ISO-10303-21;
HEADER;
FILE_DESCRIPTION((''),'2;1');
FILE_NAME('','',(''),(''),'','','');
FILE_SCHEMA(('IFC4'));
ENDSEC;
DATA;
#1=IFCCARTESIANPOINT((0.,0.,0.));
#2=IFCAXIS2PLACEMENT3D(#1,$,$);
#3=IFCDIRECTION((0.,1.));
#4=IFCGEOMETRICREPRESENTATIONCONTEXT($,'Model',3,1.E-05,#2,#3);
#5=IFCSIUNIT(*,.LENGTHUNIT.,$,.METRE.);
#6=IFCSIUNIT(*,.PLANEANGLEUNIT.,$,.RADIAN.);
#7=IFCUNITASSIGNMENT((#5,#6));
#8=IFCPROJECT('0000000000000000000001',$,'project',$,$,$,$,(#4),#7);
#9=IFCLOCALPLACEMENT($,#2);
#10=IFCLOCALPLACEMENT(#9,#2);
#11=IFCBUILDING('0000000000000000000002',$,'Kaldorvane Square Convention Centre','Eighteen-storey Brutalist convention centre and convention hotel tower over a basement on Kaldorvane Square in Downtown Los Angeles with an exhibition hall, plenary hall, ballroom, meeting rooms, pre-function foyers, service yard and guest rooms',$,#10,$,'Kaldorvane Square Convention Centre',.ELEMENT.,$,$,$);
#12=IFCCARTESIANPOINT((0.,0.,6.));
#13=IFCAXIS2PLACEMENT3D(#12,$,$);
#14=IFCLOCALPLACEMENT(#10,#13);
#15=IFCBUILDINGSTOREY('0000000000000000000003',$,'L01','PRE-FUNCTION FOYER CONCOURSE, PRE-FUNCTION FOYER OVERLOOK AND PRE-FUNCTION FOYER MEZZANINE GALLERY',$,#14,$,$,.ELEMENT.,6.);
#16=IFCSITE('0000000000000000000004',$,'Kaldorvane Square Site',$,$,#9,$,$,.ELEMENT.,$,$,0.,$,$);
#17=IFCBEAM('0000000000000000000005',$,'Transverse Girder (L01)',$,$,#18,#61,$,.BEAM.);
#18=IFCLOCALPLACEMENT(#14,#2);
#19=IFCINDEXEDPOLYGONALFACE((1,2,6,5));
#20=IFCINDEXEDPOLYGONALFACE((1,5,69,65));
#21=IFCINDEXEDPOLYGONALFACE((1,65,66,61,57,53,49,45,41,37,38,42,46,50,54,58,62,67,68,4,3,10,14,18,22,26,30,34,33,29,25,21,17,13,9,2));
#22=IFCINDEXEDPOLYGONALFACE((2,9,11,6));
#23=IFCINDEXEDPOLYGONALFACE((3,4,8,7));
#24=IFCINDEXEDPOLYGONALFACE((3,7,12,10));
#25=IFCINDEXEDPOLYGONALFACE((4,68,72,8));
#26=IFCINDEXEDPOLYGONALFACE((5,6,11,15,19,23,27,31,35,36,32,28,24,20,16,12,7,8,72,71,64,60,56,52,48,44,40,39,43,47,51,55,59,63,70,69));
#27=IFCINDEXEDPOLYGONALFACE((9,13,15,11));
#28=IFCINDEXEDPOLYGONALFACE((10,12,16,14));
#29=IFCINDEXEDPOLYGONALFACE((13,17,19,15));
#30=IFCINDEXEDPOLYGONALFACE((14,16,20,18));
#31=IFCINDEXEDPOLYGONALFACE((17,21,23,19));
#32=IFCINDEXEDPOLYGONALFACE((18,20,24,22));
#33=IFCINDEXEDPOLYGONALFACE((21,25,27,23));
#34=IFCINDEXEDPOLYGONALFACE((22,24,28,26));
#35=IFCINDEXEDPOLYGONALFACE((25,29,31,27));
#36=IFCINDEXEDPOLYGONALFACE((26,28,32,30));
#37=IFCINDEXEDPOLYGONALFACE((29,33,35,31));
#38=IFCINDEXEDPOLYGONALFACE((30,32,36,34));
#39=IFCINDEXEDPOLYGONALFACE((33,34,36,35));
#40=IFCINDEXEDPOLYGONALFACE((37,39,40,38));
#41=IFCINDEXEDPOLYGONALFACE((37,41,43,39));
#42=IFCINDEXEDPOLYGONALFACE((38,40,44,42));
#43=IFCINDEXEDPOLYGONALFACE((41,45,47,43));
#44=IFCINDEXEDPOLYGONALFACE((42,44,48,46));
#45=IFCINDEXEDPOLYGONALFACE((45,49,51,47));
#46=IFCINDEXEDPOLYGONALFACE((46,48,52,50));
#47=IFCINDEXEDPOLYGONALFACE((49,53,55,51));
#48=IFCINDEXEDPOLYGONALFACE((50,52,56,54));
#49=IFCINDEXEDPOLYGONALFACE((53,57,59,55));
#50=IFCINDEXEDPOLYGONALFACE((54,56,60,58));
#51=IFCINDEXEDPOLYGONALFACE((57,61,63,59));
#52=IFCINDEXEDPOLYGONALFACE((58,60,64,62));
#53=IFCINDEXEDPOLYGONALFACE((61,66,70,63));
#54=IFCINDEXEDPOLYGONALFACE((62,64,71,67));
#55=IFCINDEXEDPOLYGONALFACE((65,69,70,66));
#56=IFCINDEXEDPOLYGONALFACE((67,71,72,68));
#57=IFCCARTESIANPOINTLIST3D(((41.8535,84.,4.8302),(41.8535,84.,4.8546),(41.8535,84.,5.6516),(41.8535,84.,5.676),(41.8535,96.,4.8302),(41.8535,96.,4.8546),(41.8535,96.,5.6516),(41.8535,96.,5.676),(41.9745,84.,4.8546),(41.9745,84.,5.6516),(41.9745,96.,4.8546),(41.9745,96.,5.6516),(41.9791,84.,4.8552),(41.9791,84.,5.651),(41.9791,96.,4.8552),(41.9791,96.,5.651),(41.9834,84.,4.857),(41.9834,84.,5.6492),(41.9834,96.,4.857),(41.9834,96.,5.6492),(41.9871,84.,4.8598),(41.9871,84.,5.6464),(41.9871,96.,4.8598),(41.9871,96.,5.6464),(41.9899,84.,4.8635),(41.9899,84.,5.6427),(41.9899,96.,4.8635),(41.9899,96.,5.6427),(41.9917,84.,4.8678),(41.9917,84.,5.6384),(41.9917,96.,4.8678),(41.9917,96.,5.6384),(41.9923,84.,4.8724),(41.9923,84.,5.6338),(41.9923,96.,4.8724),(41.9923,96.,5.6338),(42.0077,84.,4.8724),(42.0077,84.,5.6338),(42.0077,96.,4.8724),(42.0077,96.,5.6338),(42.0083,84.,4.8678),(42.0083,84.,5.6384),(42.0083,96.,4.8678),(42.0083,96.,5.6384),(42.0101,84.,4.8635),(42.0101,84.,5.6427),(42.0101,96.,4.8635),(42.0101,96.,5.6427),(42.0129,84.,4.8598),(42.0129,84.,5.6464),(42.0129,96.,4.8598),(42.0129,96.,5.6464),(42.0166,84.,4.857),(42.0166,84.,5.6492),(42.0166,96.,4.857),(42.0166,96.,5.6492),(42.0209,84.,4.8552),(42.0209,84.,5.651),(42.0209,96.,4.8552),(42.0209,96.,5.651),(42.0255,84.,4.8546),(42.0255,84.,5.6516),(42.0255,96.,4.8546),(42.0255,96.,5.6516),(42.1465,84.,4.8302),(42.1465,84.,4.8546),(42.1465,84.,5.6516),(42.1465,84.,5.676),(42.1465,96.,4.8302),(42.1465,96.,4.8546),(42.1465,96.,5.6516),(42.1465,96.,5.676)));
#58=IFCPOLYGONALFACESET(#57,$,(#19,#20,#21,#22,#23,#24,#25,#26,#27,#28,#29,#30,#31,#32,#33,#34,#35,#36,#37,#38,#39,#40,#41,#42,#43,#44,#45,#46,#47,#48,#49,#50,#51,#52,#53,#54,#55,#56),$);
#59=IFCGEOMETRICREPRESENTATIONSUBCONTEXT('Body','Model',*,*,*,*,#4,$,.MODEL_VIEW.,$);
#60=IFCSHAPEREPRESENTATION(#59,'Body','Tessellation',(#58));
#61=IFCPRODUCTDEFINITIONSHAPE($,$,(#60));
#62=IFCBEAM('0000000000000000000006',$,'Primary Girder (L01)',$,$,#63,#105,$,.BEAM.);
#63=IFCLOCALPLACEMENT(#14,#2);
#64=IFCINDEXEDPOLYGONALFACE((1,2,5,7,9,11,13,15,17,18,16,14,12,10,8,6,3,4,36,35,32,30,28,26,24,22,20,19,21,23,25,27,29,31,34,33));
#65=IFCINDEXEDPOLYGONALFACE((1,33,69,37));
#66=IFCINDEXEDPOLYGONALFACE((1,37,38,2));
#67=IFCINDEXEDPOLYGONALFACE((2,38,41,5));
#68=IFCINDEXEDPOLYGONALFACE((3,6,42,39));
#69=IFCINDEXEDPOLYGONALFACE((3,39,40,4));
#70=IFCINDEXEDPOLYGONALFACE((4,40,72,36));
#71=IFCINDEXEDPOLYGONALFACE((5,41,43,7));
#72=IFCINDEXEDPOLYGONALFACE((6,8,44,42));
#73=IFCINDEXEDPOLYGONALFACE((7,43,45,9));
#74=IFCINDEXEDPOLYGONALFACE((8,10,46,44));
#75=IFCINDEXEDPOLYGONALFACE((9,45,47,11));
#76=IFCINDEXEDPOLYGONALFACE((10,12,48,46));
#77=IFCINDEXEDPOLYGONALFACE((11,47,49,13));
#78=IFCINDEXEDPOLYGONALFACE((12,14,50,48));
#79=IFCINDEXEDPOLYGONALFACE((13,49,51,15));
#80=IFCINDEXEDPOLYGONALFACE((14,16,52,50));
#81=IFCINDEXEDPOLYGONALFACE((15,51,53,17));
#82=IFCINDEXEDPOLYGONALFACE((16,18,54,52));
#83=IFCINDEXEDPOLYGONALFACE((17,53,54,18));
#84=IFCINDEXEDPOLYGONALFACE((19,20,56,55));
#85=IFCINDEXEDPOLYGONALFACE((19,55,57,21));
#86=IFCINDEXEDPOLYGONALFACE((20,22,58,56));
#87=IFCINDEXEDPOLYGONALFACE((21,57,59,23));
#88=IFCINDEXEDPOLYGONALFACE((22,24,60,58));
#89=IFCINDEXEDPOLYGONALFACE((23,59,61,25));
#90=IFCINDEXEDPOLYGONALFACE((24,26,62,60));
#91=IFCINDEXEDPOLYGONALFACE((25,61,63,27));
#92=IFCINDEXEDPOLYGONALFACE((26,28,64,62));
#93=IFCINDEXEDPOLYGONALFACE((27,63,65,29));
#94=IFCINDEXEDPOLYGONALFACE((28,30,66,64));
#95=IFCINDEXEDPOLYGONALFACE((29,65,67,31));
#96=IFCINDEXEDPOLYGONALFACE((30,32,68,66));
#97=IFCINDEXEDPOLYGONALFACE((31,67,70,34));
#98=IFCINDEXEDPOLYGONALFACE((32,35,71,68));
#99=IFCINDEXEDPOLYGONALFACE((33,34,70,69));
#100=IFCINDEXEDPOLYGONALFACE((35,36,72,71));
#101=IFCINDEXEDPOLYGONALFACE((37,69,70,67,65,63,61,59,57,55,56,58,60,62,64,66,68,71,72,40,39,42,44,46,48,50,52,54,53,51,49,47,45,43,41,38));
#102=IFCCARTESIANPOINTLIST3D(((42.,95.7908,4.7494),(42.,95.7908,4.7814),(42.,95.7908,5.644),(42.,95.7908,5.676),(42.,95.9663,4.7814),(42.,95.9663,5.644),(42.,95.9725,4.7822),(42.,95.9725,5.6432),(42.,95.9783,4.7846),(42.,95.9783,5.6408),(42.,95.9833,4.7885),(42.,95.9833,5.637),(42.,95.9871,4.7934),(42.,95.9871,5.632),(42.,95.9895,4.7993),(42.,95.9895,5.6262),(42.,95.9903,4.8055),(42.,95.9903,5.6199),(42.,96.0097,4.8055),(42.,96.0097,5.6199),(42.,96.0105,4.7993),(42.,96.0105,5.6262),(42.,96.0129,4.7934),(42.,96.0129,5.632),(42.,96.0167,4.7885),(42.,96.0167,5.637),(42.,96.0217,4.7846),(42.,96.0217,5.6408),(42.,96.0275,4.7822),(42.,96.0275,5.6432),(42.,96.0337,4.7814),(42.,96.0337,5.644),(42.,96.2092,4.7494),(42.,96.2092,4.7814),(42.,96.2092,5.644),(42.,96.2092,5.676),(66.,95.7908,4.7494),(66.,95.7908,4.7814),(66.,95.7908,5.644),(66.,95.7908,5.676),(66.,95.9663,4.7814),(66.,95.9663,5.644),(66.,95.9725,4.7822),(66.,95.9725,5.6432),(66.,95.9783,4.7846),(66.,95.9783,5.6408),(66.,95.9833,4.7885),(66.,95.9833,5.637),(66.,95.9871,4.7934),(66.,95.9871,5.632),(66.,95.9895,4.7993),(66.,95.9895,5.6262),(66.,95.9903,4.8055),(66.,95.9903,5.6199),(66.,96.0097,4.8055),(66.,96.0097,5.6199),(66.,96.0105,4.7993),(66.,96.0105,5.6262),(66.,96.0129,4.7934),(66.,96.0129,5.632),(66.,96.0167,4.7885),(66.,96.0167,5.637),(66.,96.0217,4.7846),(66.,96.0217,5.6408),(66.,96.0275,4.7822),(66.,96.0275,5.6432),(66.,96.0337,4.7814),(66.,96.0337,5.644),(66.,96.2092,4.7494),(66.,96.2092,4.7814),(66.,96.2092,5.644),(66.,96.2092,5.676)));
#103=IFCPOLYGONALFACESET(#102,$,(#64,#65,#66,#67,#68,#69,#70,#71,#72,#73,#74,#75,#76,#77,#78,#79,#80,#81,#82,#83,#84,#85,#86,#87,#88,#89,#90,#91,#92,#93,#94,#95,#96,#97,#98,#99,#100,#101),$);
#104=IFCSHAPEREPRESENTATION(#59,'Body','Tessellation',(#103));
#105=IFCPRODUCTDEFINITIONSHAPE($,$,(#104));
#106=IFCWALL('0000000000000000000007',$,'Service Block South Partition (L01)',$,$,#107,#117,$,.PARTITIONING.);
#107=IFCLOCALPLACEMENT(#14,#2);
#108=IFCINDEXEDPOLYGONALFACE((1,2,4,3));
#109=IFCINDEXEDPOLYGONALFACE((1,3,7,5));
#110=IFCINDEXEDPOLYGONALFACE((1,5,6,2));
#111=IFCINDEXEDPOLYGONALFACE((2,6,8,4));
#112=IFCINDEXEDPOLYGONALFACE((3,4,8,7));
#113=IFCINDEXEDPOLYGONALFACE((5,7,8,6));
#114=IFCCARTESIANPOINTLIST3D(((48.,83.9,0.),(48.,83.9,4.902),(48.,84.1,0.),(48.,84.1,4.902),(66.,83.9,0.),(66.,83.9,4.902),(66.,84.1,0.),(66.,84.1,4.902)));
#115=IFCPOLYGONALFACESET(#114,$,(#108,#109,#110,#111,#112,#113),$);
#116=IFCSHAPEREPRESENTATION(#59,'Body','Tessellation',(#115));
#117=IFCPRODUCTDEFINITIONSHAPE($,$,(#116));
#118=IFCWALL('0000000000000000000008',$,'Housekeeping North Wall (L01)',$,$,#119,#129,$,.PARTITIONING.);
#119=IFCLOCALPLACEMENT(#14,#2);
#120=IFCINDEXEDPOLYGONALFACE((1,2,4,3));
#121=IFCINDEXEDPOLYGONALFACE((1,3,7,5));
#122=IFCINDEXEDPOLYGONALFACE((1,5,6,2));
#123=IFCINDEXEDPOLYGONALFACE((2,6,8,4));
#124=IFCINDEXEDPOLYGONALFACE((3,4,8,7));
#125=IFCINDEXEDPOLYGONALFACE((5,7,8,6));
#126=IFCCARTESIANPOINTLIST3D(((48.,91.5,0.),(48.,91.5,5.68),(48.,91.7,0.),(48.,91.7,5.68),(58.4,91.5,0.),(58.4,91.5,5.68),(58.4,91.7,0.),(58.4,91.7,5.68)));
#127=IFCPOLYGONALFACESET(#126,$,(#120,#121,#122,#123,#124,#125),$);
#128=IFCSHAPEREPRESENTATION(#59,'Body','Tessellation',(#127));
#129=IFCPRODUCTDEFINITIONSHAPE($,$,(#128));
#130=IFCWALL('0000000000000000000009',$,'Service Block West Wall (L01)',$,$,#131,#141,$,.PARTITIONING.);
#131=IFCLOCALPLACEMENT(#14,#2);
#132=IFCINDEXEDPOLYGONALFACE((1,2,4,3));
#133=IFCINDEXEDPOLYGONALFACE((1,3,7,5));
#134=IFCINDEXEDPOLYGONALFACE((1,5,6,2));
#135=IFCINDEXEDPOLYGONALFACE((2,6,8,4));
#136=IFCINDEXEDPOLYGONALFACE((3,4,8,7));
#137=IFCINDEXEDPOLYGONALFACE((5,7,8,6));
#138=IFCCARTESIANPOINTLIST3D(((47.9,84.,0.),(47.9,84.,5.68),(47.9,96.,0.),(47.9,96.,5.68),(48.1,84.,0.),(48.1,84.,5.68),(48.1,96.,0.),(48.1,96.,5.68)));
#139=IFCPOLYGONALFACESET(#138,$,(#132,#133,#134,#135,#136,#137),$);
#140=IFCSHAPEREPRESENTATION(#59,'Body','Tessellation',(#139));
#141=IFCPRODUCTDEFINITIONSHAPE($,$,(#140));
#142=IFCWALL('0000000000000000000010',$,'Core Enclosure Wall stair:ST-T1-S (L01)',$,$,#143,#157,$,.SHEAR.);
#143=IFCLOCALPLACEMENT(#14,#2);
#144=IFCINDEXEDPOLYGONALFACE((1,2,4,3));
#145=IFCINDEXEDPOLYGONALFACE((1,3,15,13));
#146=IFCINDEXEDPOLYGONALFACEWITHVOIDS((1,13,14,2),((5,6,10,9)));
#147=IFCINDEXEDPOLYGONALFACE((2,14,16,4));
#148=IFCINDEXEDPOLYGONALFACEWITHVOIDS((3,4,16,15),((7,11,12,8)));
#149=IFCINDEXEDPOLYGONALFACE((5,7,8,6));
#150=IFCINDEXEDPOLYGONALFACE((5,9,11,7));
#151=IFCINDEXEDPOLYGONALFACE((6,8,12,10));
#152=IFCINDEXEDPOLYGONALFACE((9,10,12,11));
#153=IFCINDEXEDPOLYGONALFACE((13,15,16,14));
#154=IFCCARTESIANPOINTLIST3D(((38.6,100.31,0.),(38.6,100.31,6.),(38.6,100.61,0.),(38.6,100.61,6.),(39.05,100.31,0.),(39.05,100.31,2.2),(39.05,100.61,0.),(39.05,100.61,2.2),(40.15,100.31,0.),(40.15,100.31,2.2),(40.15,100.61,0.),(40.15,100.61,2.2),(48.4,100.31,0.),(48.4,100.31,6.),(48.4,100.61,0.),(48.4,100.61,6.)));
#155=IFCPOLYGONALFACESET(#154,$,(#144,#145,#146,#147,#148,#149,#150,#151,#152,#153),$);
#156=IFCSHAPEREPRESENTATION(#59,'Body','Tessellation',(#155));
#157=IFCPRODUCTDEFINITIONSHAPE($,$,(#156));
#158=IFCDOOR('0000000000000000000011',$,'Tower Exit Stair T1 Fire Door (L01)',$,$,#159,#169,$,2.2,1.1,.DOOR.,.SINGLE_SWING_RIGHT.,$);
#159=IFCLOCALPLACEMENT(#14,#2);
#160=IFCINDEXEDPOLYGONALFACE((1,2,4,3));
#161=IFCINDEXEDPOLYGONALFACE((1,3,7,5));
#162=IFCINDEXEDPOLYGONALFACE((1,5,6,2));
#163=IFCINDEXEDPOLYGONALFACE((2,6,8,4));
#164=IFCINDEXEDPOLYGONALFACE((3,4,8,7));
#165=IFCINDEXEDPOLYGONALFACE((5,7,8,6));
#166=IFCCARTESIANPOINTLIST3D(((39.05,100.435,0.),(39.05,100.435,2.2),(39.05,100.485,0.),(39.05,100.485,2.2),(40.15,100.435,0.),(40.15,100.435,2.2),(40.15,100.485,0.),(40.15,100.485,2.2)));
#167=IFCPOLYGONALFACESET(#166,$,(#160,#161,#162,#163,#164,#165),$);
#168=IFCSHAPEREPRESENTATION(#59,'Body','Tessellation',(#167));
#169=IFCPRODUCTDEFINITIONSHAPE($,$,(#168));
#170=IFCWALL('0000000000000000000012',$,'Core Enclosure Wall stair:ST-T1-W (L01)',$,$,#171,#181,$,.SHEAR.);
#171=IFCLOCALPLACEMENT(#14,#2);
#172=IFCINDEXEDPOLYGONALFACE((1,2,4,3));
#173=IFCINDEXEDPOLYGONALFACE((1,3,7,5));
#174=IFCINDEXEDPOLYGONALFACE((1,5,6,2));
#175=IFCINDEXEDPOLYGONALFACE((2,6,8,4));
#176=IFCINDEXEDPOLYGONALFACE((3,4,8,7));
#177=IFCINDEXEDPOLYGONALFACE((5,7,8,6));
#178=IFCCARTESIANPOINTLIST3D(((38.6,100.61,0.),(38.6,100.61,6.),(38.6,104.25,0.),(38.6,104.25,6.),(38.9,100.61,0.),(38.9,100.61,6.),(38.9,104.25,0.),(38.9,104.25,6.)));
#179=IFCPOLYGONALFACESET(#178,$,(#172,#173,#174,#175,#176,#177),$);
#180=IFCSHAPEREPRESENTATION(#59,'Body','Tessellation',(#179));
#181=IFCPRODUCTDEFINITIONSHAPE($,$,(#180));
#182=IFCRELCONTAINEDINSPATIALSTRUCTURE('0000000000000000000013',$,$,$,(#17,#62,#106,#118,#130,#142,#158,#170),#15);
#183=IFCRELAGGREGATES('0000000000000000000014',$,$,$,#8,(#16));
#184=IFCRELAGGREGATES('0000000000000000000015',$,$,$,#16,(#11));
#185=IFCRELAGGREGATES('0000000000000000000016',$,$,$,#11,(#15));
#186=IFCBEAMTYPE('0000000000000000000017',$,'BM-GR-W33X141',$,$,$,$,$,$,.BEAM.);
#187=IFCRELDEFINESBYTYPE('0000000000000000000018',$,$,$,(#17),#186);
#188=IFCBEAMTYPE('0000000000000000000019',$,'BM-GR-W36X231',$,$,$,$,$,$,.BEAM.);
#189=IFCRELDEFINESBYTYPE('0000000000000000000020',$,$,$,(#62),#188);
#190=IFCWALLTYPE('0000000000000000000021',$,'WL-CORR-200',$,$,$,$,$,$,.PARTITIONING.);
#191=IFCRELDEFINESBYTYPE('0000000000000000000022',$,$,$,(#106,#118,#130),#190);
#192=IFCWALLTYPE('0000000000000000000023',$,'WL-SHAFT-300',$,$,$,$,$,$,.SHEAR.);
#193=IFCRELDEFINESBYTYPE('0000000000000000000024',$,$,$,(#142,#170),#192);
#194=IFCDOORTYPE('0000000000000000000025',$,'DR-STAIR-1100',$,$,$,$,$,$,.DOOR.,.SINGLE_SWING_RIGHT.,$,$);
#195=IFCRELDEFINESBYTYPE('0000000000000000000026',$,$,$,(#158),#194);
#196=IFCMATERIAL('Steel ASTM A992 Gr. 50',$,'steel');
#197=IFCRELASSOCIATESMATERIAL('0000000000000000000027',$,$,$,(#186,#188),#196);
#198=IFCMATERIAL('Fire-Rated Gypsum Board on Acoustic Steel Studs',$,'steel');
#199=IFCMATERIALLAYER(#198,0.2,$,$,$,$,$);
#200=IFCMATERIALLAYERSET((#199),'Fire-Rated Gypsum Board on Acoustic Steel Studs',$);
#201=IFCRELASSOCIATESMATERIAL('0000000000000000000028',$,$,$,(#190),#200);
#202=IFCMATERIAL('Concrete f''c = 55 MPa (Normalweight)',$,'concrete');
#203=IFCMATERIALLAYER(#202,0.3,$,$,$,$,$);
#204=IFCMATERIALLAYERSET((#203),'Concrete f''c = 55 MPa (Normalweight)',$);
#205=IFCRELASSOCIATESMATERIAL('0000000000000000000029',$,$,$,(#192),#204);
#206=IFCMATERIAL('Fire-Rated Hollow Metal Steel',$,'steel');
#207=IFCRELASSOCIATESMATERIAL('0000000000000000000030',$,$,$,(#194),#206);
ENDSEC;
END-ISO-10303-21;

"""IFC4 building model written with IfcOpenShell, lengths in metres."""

from ifc_helpers import new_model, si_unit, direction, frame, frame_2d, origin, origin_2d, place, context, subcontext, project, spatial, rectangle, i_section, extrude, material, layer, layer_set, material_profile, profile_set, type_object, element, fill, save


model = new_model("IFC4")

# Units and contexts
model_context = context("Model", 3, precision=1e-05, world=origin(), true_north=direction((0.0, 1.0)))
body_context = subcontext(model_context, "Body", "Model", "MODEL_VIEW")
ifc_project = project(units=[si_unit("LENGTHUNIT", "METRE"), si_unit("PLANEANGLEUNIT", "RADIAN")], contexts=[model_context])

# Site, building, storey
site_placement = place(None, origin())
site = spatial("IfcSite", under=ifc_project, at=site_placement, Name="Kaldorvane Square Site", CompositionType="ELEMENT", RefElevation=0.0)
building_placement = place(site_placement, origin())
building = spatial("IfcBuilding", under=site, at=building_placement, Name="Kaldorvane Square Convention Centre", Description="Eighteen-storey Brutalist convention centre and convention hotel tower over a basement on Kaldorvane Square in Downtown Los Angeles with an exhibition hall, plenary hall, ballroom, meeting rooms, pre-function foyers, service yard and guest rooms", LongName="Kaldorvane Square Convention Centre", CompositionType="ELEMENT")
storey_placement = place(building_placement, frame((0.0, 0.0, 6.0)))
storey = spatial("IfcBuildingStorey", under=building, at=storey_placement, Name="L01", Description="PRE-FUNCTION FOYER CONCOURSE, PRE-FUNCTION FOYER OVERLOOK AND PRE-FUNCTION FOYER MEZZANINE GALLERY", CompositionType="ELEMENT", Elevation=6.0)

# Shared definitions
ifc_material_1 = material(Name="Steel ASTM A992 Gr. 50", Category="steel")

# Beams
ifc_material_profile_1 = material_profile(ifc_material_1, i_section(OverallWidth=0.293, OverallDepth=0.8458, WebThickness=0.0154, FlangeThickness=0.0244, FilletRadius=0.0178, at=origin_2d()), Name="W33X141")
ifc_profile_set_1 = profile_set([ifc_material_profile_1], Name="Steel ASTM A992 Gr. 50")
beam_type_1 = type_object("IfcBeamType", Name="BM-GR-W33X141", PredefinedType="BEAM", material=ifc_profile_set_1)
beam_1_placement = place(storey_placement, frame((42.0, 84.0, 5.2531), z_axis=(0.0, 1.0, 0.0), x_axis=(-1.0, 0.0, 0.0)))
element("IfcBeam", 1, at=beam_1_placement, inside=storey, type_object=beam_type_1, Name="Transverse Girder (L01)", PredefinedType="BEAM", context=body_context, shape_type="SweptSolid", body=[
    extrude(i_section(OverallWidth=0.293, OverallDepth=0.8458, WebThickness=0.0154, FlangeThickness=0.0244, FilletRadius=0.0178, at=origin_2d()), origin(), (0.0, 0.0, 1.0), 12.0),
])
ifc_material_profile_2 = material_profile(ifc_material_1, i_section(OverallWidth=0.4183, OverallDepth=0.9266, WebThickness=0.0193, FlangeThickness=0.032, FilletRadius=0.0241, at=origin_2d()), Name="W36X231")
ifc_profile_set_2 = profile_set([ifc_material_profile_2], Name="Steel ASTM A992 Gr. 50")
beam_type_2 = type_object("IfcBeamType", Name="BM-GR-W36X231", PredefinedType="BEAM", material=ifc_profile_set_2)
beam_2_placement = place(storey_placement, frame((42.0, 96.0, 5.2127), z_axis=(1.0, 0.0, 0.0), x_axis=(0.0, 1.0, 0.0)))
element("IfcBeam", 2, at=beam_2_placement, inside=storey, type_object=beam_type_2, Name="Primary Girder (L01)", PredefinedType="BEAM", context=body_context, shape_type="SweptSolid", body=[
    extrude(i_section(OverallWidth=0.4183, OverallDepth=0.9266, WebThickness=0.0193, FlangeThickness=0.032, FilletRadius=0.0241, at=origin_2d()), origin(), (0.0, 0.0, 1.0), 24.0),
])

# Walls
ifc_material_2 = material(Name="Fire-Rated Gypsum Board on Acoustic Steel Studs", Category="steel")
ifc_layer_1 = layer(ifc_material_2, 0.2)
ifc_layer_set_1 = layer_set([ifc_layer_1], Name="Fire-Rated Gypsum Board on Acoustic Steel Studs")
wall_type_1 = type_object("IfcWallType", Name="WL-CORR-200", PredefinedType="PARTITIONING", material=ifc_layer_set_1)
wall_1_placement = place(storey_placement, frame((48.0, 84.0, 0.0), z_axis=(0.0, 0.0, 1.0), x_axis=(1.0, 0.0, 0.0)))
element("IfcWall", 3, at=wall_1_placement, inside=storey, type_object=wall_type_1, Name="Service Block South Partition (L01)", PredefinedType="PARTITIONING", context=body_context, shape_type="SweptSolid", body=[
    extrude(rectangle(XDim=18.0, YDim=0.2, at=frame_2d((9.0, 0.0))), origin(), (0.0, 0.0, 1.0), 4.902),
])
wall_2_placement = place(storey_placement, frame((48.0, 91.6, 0.0), z_axis=(0.0, 0.0, 1.0), x_axis=(1.0, 0.0, 0.0)))
element("IfcWall", 4, at=wall_2_placement, inside=storey, type_object=wall_type_1, Name="Housekeeping North Wall (L01)", PredefinedType="PARTITIONING", context=body_context, shape_type="SweptSolid", body=[
    extrude(rectangle(XDim=10.4, YDim=0.2, at=frame_2d((5.2, 0.0))), origin(), (0.0, 0.0, 1.0), 5.68),
])
wall_3_placement = place(storey_placement, frame((48.0, 84.0, 0.0), z_axis=(0.0, 0.0, 1.0), x_axis=(0.0, 1.0, 0.0)))
element("IfcWall", 5, at=wall_3_placement, inside=storey, type_object=wall_type_1, Name="Service Block West Wall (L01)", PredefinedType="PARTITIONING", context=body_context, shape_type="SweptSolid", body=[
    extrude(rectangle(XDim=12.0, YDim=0.2, at=frame_2d((6.0, 0.0))), origin(), (0.0, 0.0, 1.0), 5.68),
])

# Wall, opening, door
ifc_material_3 = material(Name="Concrete f'c = 55 MPa (Normalweight)", Category="concrete")
ifc_layer_2 = layer(ifc_material_3, 0.3)
ifc_layer_set_2 = layer_set([ifc_layer_2], Name="Concrete f'c = 55 MPa (Normalweight)")
wall_type_2 = type_object("IfcWallType", Name="WL-SHAFT-300", PredefinedType="SHEAR", material=ifc_layer_set_2)
wall_4_placement = place(storey_placement, frame((38.6, 100.46, 0.0), z_axis=(0.0, 0.0, 1.0), x_axis=(1.0, 0.0, 0.0)))
wall_4 = element("IfcWall", 6, at=wall_4_placement, inside=storey, type_object=wall_type_2, Name="Core Enclosure Wall stair:ST-T1-S (L01)", PredefinedType="SHEAR", context=body_context, shape_type="SweptSolid", body=[
    extrude(rectangle(XDim=9.8, YDim=0.3, at=frame_2d((4.9, 0.0))), origin(), (0.0, 0.0, 1.0), 6.0),
])
opening_placement = place(wall_4_placement, frame((0.45, 0.0, 0.0)))
opening = element("IfcOpeningElement", 7, at=opening_placement, cuts=wall_4, PredefinedType="OPENING", context=body_context, shape_type="SweptSolid", body=[
    extrude(rectangle(XDim=1.1, YDim=2.2, at=frame_2d((0.55, 1.1))), frame((0.0, 0.165, 0.0), z_axis=(0.0, -1.0, 0.0), x_axis=(1.0, 0.0, 0.0)), (0.0, 0.0, 1.0), 0.33),
])
ifc_material_4 = material(Name="Fire-Rated Hollow Metal Steel", Category="steel")
door_type = type_object("IfcDoorType", Name="DR-STAIR-1100", OperationType="SINGLE_SWING_RIGHT", PredefinedType="DOOR", material=ifc_material_4)
door_placement = place(opening_placement, origin())
door = element("IfcDoor", 8, at=door_placement, inside=storey, type_object=door_type, Name="Tower Exit Stair T1 Fire Door (L01)", OperationType="SINGLE_SWING_RIGHT", OverallHeight=2.2, OverallWidth=1.1, PredefinedType="DOOR", context=body_context, shape_type="SweptSolid", body=[
    extrude(rectangle(XDim=1.1, YDim=2.2, at=frame_2d((0.55, 1.1))), frame((0.0, 0.025, 0.0), z_axis=(0.0, -1.0, 0.0), x_axis=(1.0, 0.0, 0.0)), (0.0, 0.0, 1.0), 0.05),
])
fill(opening, door)

# Wall
for number, where, z_axis, x_axis, name in (
    (9, (38.75, 104.25, 0.0), (0.0, 0.0, 1.0), (0.0, -1.0, 0.0), "Core Enclosure Wall stair:ST-T1-W (L01)"),
):
    element("IfcWall", number, at=place(storey_placement, frame(where, z_axis=z_axis, x_axis=x_axis)), inside=storey, type_object=wall_type_2, Name=name, PredefinedType="SHEAR", context=body_context, shape_type="SweptSolid", body=[
        extrude(rectangle(XDim=3.64, YDim=0.3, at=frame_2d((1.82, 0.0))), origin(), (0.0, 0.0, 1.0), 6.0),
    ])

save(model, "model.ifc")
